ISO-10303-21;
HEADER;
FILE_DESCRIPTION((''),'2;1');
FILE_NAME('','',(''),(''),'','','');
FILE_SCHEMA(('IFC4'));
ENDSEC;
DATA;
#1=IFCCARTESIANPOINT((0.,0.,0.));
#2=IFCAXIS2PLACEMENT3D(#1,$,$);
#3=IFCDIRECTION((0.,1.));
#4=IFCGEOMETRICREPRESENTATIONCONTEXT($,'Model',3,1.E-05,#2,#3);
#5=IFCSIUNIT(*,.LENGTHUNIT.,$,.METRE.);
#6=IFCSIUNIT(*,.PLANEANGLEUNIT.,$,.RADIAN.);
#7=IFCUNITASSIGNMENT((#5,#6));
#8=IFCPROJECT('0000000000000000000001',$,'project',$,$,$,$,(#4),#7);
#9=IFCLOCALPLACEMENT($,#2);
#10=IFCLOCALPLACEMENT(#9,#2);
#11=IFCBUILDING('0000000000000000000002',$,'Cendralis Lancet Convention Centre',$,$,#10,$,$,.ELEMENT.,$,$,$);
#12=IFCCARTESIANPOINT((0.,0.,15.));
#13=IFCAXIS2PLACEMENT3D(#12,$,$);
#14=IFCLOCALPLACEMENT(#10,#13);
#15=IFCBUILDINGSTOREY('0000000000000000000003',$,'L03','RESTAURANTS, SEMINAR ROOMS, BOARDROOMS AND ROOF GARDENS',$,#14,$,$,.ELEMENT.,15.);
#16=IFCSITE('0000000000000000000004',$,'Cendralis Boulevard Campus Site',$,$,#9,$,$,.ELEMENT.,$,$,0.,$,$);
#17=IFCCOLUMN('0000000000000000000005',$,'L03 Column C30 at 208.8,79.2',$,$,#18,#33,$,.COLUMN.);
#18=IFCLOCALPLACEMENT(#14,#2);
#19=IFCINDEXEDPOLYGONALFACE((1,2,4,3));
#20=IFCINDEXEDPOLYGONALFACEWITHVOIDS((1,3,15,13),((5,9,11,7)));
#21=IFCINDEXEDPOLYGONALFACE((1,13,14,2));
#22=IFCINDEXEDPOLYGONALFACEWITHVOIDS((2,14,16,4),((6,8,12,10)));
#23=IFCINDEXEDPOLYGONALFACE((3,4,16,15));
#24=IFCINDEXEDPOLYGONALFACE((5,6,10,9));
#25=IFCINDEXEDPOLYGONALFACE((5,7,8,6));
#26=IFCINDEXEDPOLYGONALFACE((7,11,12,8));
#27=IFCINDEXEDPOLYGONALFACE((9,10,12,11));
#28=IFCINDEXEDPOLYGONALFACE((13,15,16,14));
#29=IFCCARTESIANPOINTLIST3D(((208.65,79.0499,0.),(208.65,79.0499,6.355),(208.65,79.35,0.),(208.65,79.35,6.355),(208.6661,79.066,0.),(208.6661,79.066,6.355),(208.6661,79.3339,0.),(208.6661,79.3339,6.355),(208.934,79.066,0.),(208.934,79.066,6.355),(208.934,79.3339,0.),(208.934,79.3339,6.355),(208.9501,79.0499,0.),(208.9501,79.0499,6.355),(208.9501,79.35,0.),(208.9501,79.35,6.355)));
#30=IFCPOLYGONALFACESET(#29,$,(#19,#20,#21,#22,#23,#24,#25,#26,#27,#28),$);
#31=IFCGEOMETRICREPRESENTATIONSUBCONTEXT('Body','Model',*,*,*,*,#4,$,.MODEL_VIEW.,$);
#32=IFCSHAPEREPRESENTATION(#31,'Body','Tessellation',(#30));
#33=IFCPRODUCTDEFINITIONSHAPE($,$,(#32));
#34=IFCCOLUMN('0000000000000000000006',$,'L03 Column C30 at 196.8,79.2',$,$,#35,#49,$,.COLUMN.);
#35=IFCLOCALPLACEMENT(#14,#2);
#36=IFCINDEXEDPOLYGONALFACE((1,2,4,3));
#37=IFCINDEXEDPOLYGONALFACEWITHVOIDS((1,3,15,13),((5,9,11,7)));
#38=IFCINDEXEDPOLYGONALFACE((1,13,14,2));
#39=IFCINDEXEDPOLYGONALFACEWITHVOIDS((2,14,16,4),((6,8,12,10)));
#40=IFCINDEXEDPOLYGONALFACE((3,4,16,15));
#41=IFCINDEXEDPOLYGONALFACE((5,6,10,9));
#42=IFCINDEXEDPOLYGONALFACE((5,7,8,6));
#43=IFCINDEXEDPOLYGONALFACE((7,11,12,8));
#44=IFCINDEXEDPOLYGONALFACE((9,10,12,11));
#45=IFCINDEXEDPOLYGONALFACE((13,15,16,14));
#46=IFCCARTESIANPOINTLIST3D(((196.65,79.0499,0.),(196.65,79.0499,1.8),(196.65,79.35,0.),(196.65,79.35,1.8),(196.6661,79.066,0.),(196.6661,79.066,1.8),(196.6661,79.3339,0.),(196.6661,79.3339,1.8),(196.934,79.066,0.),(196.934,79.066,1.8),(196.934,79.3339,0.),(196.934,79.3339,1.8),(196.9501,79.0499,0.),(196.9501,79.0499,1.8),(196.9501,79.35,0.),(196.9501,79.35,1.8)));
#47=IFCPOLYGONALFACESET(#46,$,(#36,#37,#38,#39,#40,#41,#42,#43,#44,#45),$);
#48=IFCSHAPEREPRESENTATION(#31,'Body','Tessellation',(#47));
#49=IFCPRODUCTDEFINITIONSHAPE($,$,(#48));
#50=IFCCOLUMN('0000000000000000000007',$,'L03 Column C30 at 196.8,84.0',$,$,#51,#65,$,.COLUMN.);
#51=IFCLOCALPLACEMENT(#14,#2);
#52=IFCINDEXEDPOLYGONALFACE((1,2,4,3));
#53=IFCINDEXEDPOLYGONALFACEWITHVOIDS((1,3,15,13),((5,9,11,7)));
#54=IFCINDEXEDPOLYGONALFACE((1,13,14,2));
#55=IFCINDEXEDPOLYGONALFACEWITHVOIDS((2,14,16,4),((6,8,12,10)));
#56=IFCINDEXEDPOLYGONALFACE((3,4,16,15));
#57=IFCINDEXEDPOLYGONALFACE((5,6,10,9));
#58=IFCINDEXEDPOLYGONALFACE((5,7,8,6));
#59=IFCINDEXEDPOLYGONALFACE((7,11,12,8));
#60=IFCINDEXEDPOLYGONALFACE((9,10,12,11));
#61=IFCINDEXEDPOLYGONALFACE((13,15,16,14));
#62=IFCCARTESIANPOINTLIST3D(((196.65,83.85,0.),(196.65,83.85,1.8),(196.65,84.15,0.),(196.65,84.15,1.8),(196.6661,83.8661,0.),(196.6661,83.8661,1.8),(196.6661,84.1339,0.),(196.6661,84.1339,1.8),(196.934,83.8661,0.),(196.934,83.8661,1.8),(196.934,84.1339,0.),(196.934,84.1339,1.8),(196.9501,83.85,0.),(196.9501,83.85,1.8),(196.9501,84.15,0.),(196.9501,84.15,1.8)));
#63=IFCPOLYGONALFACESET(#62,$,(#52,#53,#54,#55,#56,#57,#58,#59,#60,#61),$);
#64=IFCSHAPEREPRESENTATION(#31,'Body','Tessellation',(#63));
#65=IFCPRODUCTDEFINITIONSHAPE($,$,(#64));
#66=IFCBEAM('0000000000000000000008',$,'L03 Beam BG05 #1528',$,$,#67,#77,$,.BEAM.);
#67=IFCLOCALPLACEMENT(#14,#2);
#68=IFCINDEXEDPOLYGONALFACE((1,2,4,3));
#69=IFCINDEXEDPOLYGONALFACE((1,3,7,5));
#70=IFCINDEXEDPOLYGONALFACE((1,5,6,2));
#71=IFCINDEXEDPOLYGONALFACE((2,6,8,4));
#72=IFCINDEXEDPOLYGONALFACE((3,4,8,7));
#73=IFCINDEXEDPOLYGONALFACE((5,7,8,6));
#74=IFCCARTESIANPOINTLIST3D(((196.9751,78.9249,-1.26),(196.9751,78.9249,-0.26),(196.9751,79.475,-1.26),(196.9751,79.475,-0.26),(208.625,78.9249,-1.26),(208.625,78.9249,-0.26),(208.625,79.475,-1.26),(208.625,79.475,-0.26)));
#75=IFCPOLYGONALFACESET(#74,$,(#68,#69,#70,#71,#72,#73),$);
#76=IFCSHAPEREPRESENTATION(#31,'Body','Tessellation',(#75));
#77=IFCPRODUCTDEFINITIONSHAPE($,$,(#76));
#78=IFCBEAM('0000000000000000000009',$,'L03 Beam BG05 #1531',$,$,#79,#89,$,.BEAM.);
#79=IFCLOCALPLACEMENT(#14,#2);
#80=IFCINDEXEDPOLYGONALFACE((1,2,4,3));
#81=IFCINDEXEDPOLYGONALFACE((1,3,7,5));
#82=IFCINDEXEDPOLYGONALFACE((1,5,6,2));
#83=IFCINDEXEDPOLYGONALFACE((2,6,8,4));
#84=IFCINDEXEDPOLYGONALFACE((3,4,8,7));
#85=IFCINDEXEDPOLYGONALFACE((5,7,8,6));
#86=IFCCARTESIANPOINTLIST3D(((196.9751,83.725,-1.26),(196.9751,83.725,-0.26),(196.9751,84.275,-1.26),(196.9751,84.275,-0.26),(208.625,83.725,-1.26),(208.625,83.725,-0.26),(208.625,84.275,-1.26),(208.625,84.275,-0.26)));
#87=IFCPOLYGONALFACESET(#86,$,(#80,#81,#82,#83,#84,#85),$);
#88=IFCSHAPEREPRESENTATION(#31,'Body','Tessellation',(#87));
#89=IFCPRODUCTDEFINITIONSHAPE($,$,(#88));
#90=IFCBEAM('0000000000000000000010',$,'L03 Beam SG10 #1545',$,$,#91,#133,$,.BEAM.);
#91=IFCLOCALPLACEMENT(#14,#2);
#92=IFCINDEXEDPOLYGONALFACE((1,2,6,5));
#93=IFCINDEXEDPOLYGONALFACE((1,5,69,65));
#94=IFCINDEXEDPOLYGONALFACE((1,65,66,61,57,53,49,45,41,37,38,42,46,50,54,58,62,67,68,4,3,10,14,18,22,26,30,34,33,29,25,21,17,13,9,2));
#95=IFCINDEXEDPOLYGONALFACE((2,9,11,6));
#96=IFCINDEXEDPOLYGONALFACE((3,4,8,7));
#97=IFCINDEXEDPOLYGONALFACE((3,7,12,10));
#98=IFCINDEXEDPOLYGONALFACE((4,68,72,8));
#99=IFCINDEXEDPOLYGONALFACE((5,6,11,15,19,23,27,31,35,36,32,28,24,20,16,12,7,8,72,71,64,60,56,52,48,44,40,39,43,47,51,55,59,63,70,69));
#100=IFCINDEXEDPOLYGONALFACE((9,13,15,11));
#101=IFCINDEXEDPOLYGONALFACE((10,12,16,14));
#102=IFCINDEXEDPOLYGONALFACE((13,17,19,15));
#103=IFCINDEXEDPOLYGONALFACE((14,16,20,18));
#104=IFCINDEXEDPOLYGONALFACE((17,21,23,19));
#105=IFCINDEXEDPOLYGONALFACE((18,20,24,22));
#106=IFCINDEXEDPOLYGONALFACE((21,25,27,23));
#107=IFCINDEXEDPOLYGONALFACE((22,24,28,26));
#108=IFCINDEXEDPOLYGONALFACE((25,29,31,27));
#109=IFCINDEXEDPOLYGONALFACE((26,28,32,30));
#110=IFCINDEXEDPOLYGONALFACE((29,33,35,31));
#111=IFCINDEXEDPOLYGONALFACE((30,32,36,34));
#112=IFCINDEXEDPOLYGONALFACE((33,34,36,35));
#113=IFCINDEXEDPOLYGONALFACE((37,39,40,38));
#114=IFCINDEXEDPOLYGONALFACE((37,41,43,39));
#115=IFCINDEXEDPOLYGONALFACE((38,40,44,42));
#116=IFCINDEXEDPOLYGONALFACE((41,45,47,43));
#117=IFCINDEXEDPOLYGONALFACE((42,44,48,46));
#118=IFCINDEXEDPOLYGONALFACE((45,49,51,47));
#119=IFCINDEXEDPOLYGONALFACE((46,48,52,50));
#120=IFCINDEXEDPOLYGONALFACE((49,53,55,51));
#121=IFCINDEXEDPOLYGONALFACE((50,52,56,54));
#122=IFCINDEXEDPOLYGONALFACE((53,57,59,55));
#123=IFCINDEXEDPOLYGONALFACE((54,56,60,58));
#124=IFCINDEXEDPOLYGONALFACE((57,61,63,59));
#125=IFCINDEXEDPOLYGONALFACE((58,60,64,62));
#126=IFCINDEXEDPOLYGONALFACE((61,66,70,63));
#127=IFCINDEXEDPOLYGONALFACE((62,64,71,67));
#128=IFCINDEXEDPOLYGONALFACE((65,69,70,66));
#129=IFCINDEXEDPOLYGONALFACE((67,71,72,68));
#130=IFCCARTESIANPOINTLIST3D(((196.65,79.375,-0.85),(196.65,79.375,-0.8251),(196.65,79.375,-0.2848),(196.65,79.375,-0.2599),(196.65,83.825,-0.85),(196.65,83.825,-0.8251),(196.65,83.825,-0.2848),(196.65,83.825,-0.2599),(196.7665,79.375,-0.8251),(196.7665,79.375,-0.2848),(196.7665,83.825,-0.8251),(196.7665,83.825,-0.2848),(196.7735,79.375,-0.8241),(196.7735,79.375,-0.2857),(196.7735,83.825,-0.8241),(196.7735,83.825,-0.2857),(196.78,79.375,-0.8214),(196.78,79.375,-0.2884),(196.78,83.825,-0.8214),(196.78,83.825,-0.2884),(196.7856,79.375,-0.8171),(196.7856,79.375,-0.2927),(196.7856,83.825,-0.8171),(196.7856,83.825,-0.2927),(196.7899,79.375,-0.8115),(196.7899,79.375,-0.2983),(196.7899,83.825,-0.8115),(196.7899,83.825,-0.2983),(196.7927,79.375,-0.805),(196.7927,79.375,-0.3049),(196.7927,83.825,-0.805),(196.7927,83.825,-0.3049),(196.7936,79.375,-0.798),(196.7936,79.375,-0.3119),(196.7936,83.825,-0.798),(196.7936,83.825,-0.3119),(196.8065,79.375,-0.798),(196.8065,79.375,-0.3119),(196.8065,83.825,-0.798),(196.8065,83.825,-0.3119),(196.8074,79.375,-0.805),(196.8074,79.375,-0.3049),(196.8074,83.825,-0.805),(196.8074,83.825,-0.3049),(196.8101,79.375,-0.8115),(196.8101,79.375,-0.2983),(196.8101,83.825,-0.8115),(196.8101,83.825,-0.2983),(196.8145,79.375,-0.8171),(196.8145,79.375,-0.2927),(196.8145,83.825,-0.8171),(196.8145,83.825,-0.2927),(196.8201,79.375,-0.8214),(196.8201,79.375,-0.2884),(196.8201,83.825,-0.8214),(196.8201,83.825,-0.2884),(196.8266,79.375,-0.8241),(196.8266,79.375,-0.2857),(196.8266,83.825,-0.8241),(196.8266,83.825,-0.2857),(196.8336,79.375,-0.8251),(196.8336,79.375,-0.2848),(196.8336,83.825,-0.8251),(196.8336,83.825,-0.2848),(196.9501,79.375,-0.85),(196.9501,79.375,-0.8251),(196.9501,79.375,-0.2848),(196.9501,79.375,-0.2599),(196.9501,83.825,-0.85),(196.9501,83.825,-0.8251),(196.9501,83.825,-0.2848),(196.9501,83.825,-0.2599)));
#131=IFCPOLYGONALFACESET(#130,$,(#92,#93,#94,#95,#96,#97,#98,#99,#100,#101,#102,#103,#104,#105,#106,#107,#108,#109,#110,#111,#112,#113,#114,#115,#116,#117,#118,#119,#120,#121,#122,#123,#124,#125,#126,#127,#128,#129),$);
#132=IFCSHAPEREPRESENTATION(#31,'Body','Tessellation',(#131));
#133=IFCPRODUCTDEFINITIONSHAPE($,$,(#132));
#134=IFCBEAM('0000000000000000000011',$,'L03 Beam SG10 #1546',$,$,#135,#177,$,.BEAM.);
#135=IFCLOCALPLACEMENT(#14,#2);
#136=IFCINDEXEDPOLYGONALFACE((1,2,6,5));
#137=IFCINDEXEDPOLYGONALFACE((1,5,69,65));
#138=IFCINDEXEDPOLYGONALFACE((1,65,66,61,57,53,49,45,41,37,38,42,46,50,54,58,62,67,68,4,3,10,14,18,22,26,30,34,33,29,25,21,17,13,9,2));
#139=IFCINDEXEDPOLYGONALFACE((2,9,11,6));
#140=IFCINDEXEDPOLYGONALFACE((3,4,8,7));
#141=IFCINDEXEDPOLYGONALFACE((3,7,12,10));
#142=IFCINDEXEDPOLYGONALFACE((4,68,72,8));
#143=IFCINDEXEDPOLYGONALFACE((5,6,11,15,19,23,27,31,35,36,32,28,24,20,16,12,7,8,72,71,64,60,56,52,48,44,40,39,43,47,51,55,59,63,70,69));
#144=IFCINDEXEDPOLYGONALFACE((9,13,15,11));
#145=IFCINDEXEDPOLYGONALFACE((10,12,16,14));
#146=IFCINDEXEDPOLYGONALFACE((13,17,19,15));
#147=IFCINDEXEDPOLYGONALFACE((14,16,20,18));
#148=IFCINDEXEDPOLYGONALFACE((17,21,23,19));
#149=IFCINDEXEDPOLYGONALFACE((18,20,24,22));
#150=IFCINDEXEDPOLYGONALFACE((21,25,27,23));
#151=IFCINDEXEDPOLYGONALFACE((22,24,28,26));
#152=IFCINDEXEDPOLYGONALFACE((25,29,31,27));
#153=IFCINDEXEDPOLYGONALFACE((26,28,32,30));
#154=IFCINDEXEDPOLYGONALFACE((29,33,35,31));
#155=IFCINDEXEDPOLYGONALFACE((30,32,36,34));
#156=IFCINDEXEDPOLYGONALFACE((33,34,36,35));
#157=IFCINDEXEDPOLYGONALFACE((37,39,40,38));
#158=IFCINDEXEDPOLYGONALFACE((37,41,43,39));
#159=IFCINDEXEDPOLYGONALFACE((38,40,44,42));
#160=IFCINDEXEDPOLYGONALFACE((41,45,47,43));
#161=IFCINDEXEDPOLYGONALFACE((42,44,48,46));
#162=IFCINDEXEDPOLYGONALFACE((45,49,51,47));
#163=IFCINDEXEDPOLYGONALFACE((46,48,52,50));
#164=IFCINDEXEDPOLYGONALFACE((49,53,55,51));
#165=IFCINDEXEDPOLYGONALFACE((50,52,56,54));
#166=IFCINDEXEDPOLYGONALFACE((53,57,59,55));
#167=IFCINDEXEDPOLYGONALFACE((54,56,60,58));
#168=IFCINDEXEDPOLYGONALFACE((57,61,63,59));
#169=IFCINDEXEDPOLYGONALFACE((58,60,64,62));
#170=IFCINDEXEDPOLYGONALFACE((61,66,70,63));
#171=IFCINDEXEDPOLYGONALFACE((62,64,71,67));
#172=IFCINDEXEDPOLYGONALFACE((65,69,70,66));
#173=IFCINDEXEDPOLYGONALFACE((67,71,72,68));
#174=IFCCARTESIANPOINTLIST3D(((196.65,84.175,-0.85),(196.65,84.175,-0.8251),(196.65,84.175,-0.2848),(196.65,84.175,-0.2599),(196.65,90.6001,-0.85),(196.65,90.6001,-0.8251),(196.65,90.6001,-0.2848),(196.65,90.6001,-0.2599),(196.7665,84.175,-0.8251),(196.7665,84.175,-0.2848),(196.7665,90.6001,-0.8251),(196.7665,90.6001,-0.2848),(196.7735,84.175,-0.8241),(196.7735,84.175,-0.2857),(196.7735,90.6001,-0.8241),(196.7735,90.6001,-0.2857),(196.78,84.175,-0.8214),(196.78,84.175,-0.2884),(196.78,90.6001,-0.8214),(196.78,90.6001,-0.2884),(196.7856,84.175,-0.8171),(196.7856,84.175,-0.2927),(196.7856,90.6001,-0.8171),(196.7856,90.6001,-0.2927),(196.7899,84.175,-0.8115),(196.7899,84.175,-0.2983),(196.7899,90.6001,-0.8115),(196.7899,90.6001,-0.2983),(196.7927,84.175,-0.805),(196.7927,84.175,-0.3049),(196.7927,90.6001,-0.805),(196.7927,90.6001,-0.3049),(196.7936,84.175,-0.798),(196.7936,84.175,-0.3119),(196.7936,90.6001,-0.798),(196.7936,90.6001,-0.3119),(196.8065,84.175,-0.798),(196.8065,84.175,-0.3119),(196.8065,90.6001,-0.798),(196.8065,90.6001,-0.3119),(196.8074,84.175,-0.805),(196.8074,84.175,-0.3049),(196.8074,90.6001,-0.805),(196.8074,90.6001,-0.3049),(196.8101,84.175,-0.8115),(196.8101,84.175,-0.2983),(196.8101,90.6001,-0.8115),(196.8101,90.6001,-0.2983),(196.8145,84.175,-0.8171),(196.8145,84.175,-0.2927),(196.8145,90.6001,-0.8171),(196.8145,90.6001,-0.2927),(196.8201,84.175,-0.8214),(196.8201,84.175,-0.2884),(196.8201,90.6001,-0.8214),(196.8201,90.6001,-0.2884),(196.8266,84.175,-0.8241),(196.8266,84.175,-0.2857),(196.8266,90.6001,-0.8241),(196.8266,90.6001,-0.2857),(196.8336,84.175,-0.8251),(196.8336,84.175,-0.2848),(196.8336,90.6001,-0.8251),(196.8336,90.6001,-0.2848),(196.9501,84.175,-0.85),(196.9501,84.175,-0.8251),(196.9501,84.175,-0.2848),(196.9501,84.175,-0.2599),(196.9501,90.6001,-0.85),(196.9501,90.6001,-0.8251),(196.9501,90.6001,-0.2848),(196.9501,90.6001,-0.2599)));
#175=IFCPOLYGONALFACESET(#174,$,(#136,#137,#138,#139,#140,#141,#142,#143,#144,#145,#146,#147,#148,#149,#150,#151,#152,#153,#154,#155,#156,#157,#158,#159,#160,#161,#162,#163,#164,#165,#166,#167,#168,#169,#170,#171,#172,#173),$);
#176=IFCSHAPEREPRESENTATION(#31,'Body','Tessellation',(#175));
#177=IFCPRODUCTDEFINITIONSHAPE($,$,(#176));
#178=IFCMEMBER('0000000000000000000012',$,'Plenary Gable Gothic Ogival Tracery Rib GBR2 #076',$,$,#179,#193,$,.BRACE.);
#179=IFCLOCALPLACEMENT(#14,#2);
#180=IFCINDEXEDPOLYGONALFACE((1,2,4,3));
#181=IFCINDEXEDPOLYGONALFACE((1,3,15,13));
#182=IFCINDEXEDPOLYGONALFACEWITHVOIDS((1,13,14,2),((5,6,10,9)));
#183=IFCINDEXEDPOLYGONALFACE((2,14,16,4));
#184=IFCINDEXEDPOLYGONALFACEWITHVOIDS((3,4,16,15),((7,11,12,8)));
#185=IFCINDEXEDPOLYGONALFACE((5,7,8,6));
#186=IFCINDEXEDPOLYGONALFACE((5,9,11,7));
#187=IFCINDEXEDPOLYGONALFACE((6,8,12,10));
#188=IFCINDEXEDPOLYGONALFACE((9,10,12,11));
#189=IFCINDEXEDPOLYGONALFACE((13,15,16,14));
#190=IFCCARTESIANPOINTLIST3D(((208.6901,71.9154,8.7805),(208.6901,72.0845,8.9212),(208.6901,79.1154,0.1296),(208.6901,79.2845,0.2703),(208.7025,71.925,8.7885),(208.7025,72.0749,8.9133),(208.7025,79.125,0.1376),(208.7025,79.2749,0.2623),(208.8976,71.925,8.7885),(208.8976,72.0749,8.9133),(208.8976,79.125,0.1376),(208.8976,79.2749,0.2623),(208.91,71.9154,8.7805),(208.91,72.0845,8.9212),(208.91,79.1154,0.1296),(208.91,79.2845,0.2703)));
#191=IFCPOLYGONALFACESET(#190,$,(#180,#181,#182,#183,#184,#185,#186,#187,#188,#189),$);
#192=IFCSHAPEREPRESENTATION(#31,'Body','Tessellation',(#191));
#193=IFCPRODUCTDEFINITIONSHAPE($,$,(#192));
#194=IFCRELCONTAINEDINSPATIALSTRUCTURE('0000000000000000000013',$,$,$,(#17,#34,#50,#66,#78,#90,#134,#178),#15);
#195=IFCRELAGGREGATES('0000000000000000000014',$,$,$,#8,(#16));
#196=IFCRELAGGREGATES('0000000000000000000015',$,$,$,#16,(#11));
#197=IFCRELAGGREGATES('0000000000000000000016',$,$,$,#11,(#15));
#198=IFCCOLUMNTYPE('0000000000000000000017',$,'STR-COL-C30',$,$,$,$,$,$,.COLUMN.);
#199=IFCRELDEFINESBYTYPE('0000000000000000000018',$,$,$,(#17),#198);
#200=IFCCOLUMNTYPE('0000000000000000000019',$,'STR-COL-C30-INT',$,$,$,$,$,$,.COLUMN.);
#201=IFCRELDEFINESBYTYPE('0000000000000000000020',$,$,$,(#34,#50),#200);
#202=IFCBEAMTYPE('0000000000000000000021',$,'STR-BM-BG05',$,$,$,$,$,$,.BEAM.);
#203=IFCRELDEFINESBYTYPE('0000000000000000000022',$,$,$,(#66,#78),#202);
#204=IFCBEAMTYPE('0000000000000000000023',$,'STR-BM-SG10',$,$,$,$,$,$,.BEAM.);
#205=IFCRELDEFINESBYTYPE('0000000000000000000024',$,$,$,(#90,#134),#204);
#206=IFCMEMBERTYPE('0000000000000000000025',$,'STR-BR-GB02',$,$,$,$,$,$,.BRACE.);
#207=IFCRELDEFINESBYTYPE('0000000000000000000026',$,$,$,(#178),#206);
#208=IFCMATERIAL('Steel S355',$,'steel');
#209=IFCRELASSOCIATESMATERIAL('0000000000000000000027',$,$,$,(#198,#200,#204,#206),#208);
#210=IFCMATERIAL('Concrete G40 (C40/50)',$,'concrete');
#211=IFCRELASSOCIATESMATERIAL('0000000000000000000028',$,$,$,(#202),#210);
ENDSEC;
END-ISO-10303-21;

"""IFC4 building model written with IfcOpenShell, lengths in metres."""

from ifc_helpers import new_model, si_unit, direction, frame, origin, origin_2d, place, context, subcontext, project, spatial, rectangle, hollow_rectangle, i_section, extrude, material, material_profile, profile_set, type_object, element, save


model = new_model("IFC4")

# Units and contexts
model_context = context("Model", 3, precision=1e-05, world=origin(), true_north=direction((0.0, 1.0)))
body_context = subcontext(model_context, "Body", "Model", "MODEL_VIEW")
ifc_project = project(units=[si_unit("LENGTHUNIT", "METRE"), si_unit("PLANEANGLEUNIT", "RADIAN")], contexts=[model_context])

# Site, building, storey
site_placement = place(None, origin())
site = spatial("IfcSite", under=ifc_project, at=site_placement, Name="Cendralis Boulevard Campus Site", CompositionType="ELEMENT", RefElevation=0.0)
building_placement = place(site_placement, origin())
building = spatial("IfcBuilding", under=site, at=building_placement, Name="Cendralis Lancet Convention Centre", CompositionType="ELEMENT")
storey_placement = place(building_placement, frame((0.0, 0.0, 15.0)))
storey = spatial("IfcBuildingStorey", under=building, at=storey_placement, Name="L03", Description="RESTAURANTS, SEMINAR ROOMS, BOARDROOMS AND ROOF GARDENS", CompositionType="ELEMENT", Elevation=15.0)

# Columns
ifc_material_1 = material(Name="Steel S355", Category="steel")
ifc_material_profile_1 = material_profile(ifc_material_1, hollow_rectangle(XDim=0.3, YDim=0.3, WallThickness=0.0161, at=origin_2d()), Name="SHS 300x300x16.0")
ifc_profile_set_1 = profile_set([ifc_material_profile_1], Name="Steel S355")
column_type_1 = type_object("IfcColumnType", Name="STR-COL-C30", PredefinedType="COLUMN", material=ifc_profile_set_1)
column_placement = place(storey_placement, frame((208.8, 79.2, 0.0), z_axis=(0.0, 0.0, 1.0), x_axis=(1.0, 0.0, 0.0)))
element("IfcColumn", 1, at=column_placement, inside=storey, type_object=column_type_1, Name="L03 Column C30 at 208.8,79.2", PredefinedType="COLUMN", context=body_context, shape_type="SweptSolid", body=[
    extrude(hollow_rectangle(XDim=0.3, YDim=0.3, WallThickness=0.0161, at=origin_2d()), origin(), (0.0, 0.0, 1.0), 6.355),
])
ifc_material_profile_2 = material_profile(ifc_material_1, hollow_rectangle(XDim=0.3, YDim=0.3, WallThickness=0.0161, at=origin_2d()), Name="SHS 300x300x16.0")
ifc_profile_set_2 = profile_set([ifc_material_profile_2], Name="Steel S355")
column_type_2 = type_object("IfcColumnType", Name="STR-COL-C30-INT", PredefinedType="COLUMN", material=ifc_profile_set_2)
for number, where, z_axis, x_axis, name in (
    (2, (196.8, 79.2, 0.0), (0.0, 0.0, 1.0), (1.0, 0.0, 0.0), "L03 Column C30 at 196.8,79.2"),
    (3, (196.8, 84.0, 0.0), (0.0, 0.0, 1.0), (1.0, 0.0, 0.0), "L03 Column C30 at 196.8,84.0"),
):
    element("IfcColumn", number, at=place(storey_placement, frame(where, z_axis=z_axis, x_axis=x_axis)), inside=storey, type_object=column_type_2, Name=name, PredefinedType="COLUMN", context=body_context, shape_type="SweptSolid", body=[
        extrude(hollow_rectangle(XDim=0.3, YDim=0.3, WallThickness=0.0161, at=origin_2d()), origin(), (0.0, 0.0, 1.0), 1.8),
    ])

# Beams
ifc_material_2 = material(Name="Concrete G40 (C40/50)", Category="concrete")
ifc_material_profile_3 = material_profile(ifc_material_2, rectangle(XDim=0.55, YDim=1.0, at=origin_2d()), Name="RCB 550x1000")
ifc_profile_set_3 = profile_set([ifc_material_profile_3], Name="Concrete G40 (C40/50)")
beam_type_1 = type_object("IfcBeamType", Name="STR-BM-BG05", PredefinedType="BEAM", material=ifc_profile_set_3)
for number, where, z_axis, x_axis, name in (
    (4, (196.9751, 79.2, -0.76), (1.0, 0.0, 0.0), (0.0, 1.0, 0.0), "L03 Beam BG05 #1528"),
    (5, (196.9751, 84.0, -0.76), (1.0, 0.0, 0.0), (0.0, 1.0, 0.0), "L03 Beam BG05 #1531"),
):
    element("IfcBeam", number, at=place(storey_placement, frame(where, z_axis=z_axis, x_axis=x_axis)), inside=storey, type_object=beam_type_1, Name=name, PredefinedType="BEAM", context=body_context, shape_type="SweptSolid", body=[
        extrude(rectangle(XDim=0.55, YDim=1.0, at=origin_2d()), origin(), (0.0, 0.0, 1.0), 11.6499),
    ])
ifc_material_profile_4 = material_profile(ifc_material_1, i_section(OverallWidth=0.3, OverallDepth=0.5901, WebThickness=0.0129, FlangeThickness=0.0249, FilletRadius=0.0271, at=origin_2d()), Name="HEA 600")
ifc_profile_set_4 = profile_set([ifc_material_profile_4], Name="Steel S355")
beam_type_2 = type_object("IfcBeamType", Name="STR-BM-SG10", PredefinedType="BEAM", material=ifc_profile_set_4)
beam_1_placement = place(storey_placement, frame((196.8, 79.375, -0.5549), z_axis=(0.0, 1.0, 0.0), x_axis=(-1.0, 0.0, 0.0)))
element("IfcBeam", 6, at=beam_1_placement, inside=storey, type_object=beam_type_2, Name="L03 Beam SG10 #1545", PredefinedType="BEAM", context=body_context, shape_type="SweptSolid", body=[
    extrude(i_section(OverallWidth=0.3, OverallDepth=0.5901, WebThickness=0.0129, FlangeThickness=0.0249, FilletRadius=0.0271, at=origin_2d()), origin(), (0.0, 0.0, 1.0), 4.45),
])
beam_2_placement = place(storey_placement, frame((196.8, 84.175, -0.5549), z_axis=(0.0, 1.0, 0.0), x_axis=(-1.0, 0.0, 0.0)))
element("IfcBeam", 7, at=beam_2_placement, inside=storey, type_object=beam_type_2, Name="L03 Beam SG10 #1546", PredefinedType="BEAM", context=body_context, shape_type="SweptSolid", body=[
    extrude(i_section(OverallWidth=0.3, OverallDepth=0.5901, WebThickness=0.0129, FlangeThickness=0.0249, FilletRadius=0.0271, at=origin_2d()), origin(), (0.0, 0.0, 1.0), 6.425),
])

# Member
ifc_material_profile_5 = material_profile(ifc_material_1, hollow_rectangle(XDim=0.22, YDim=0.22, WallThickness=0.0125, at=origin_2d()), Name="SHS 220x220x12.5")
ifc_profile_set_5 = profile_set([ifc_material_profile_5], Name="Steel S355")
member_type_1 = type_object("IfcMemberType", Name="STR-BR-GB02", PredefinedType="BRACE", material=ifc_profile_set_5)
member_1_placement = place(storey_placement, frame((208.8, 79.2, 0.2), z_axis=(0.0, -0.639706, 0.768619), x_axis=(1.0, 0.0, 0.0)))
element("IfcMember", 8, at=member_1_placement, inside=storey, type_object=member_type_1, Name="Plenary Gable Gothic Ogival Tracery Rib GBR2 #076", PredefinedType="BRACE", context=body_context, shape_type="SweptSolid", body=[
    extrude(hollow_rectangle(XDim=0.22, YDim=0.22, WallThickness=0.0125, at=origin_2d()), origin(), (0.0, 0.0, 1.0), 11.2551),
])

save(model, "model.ifc")
